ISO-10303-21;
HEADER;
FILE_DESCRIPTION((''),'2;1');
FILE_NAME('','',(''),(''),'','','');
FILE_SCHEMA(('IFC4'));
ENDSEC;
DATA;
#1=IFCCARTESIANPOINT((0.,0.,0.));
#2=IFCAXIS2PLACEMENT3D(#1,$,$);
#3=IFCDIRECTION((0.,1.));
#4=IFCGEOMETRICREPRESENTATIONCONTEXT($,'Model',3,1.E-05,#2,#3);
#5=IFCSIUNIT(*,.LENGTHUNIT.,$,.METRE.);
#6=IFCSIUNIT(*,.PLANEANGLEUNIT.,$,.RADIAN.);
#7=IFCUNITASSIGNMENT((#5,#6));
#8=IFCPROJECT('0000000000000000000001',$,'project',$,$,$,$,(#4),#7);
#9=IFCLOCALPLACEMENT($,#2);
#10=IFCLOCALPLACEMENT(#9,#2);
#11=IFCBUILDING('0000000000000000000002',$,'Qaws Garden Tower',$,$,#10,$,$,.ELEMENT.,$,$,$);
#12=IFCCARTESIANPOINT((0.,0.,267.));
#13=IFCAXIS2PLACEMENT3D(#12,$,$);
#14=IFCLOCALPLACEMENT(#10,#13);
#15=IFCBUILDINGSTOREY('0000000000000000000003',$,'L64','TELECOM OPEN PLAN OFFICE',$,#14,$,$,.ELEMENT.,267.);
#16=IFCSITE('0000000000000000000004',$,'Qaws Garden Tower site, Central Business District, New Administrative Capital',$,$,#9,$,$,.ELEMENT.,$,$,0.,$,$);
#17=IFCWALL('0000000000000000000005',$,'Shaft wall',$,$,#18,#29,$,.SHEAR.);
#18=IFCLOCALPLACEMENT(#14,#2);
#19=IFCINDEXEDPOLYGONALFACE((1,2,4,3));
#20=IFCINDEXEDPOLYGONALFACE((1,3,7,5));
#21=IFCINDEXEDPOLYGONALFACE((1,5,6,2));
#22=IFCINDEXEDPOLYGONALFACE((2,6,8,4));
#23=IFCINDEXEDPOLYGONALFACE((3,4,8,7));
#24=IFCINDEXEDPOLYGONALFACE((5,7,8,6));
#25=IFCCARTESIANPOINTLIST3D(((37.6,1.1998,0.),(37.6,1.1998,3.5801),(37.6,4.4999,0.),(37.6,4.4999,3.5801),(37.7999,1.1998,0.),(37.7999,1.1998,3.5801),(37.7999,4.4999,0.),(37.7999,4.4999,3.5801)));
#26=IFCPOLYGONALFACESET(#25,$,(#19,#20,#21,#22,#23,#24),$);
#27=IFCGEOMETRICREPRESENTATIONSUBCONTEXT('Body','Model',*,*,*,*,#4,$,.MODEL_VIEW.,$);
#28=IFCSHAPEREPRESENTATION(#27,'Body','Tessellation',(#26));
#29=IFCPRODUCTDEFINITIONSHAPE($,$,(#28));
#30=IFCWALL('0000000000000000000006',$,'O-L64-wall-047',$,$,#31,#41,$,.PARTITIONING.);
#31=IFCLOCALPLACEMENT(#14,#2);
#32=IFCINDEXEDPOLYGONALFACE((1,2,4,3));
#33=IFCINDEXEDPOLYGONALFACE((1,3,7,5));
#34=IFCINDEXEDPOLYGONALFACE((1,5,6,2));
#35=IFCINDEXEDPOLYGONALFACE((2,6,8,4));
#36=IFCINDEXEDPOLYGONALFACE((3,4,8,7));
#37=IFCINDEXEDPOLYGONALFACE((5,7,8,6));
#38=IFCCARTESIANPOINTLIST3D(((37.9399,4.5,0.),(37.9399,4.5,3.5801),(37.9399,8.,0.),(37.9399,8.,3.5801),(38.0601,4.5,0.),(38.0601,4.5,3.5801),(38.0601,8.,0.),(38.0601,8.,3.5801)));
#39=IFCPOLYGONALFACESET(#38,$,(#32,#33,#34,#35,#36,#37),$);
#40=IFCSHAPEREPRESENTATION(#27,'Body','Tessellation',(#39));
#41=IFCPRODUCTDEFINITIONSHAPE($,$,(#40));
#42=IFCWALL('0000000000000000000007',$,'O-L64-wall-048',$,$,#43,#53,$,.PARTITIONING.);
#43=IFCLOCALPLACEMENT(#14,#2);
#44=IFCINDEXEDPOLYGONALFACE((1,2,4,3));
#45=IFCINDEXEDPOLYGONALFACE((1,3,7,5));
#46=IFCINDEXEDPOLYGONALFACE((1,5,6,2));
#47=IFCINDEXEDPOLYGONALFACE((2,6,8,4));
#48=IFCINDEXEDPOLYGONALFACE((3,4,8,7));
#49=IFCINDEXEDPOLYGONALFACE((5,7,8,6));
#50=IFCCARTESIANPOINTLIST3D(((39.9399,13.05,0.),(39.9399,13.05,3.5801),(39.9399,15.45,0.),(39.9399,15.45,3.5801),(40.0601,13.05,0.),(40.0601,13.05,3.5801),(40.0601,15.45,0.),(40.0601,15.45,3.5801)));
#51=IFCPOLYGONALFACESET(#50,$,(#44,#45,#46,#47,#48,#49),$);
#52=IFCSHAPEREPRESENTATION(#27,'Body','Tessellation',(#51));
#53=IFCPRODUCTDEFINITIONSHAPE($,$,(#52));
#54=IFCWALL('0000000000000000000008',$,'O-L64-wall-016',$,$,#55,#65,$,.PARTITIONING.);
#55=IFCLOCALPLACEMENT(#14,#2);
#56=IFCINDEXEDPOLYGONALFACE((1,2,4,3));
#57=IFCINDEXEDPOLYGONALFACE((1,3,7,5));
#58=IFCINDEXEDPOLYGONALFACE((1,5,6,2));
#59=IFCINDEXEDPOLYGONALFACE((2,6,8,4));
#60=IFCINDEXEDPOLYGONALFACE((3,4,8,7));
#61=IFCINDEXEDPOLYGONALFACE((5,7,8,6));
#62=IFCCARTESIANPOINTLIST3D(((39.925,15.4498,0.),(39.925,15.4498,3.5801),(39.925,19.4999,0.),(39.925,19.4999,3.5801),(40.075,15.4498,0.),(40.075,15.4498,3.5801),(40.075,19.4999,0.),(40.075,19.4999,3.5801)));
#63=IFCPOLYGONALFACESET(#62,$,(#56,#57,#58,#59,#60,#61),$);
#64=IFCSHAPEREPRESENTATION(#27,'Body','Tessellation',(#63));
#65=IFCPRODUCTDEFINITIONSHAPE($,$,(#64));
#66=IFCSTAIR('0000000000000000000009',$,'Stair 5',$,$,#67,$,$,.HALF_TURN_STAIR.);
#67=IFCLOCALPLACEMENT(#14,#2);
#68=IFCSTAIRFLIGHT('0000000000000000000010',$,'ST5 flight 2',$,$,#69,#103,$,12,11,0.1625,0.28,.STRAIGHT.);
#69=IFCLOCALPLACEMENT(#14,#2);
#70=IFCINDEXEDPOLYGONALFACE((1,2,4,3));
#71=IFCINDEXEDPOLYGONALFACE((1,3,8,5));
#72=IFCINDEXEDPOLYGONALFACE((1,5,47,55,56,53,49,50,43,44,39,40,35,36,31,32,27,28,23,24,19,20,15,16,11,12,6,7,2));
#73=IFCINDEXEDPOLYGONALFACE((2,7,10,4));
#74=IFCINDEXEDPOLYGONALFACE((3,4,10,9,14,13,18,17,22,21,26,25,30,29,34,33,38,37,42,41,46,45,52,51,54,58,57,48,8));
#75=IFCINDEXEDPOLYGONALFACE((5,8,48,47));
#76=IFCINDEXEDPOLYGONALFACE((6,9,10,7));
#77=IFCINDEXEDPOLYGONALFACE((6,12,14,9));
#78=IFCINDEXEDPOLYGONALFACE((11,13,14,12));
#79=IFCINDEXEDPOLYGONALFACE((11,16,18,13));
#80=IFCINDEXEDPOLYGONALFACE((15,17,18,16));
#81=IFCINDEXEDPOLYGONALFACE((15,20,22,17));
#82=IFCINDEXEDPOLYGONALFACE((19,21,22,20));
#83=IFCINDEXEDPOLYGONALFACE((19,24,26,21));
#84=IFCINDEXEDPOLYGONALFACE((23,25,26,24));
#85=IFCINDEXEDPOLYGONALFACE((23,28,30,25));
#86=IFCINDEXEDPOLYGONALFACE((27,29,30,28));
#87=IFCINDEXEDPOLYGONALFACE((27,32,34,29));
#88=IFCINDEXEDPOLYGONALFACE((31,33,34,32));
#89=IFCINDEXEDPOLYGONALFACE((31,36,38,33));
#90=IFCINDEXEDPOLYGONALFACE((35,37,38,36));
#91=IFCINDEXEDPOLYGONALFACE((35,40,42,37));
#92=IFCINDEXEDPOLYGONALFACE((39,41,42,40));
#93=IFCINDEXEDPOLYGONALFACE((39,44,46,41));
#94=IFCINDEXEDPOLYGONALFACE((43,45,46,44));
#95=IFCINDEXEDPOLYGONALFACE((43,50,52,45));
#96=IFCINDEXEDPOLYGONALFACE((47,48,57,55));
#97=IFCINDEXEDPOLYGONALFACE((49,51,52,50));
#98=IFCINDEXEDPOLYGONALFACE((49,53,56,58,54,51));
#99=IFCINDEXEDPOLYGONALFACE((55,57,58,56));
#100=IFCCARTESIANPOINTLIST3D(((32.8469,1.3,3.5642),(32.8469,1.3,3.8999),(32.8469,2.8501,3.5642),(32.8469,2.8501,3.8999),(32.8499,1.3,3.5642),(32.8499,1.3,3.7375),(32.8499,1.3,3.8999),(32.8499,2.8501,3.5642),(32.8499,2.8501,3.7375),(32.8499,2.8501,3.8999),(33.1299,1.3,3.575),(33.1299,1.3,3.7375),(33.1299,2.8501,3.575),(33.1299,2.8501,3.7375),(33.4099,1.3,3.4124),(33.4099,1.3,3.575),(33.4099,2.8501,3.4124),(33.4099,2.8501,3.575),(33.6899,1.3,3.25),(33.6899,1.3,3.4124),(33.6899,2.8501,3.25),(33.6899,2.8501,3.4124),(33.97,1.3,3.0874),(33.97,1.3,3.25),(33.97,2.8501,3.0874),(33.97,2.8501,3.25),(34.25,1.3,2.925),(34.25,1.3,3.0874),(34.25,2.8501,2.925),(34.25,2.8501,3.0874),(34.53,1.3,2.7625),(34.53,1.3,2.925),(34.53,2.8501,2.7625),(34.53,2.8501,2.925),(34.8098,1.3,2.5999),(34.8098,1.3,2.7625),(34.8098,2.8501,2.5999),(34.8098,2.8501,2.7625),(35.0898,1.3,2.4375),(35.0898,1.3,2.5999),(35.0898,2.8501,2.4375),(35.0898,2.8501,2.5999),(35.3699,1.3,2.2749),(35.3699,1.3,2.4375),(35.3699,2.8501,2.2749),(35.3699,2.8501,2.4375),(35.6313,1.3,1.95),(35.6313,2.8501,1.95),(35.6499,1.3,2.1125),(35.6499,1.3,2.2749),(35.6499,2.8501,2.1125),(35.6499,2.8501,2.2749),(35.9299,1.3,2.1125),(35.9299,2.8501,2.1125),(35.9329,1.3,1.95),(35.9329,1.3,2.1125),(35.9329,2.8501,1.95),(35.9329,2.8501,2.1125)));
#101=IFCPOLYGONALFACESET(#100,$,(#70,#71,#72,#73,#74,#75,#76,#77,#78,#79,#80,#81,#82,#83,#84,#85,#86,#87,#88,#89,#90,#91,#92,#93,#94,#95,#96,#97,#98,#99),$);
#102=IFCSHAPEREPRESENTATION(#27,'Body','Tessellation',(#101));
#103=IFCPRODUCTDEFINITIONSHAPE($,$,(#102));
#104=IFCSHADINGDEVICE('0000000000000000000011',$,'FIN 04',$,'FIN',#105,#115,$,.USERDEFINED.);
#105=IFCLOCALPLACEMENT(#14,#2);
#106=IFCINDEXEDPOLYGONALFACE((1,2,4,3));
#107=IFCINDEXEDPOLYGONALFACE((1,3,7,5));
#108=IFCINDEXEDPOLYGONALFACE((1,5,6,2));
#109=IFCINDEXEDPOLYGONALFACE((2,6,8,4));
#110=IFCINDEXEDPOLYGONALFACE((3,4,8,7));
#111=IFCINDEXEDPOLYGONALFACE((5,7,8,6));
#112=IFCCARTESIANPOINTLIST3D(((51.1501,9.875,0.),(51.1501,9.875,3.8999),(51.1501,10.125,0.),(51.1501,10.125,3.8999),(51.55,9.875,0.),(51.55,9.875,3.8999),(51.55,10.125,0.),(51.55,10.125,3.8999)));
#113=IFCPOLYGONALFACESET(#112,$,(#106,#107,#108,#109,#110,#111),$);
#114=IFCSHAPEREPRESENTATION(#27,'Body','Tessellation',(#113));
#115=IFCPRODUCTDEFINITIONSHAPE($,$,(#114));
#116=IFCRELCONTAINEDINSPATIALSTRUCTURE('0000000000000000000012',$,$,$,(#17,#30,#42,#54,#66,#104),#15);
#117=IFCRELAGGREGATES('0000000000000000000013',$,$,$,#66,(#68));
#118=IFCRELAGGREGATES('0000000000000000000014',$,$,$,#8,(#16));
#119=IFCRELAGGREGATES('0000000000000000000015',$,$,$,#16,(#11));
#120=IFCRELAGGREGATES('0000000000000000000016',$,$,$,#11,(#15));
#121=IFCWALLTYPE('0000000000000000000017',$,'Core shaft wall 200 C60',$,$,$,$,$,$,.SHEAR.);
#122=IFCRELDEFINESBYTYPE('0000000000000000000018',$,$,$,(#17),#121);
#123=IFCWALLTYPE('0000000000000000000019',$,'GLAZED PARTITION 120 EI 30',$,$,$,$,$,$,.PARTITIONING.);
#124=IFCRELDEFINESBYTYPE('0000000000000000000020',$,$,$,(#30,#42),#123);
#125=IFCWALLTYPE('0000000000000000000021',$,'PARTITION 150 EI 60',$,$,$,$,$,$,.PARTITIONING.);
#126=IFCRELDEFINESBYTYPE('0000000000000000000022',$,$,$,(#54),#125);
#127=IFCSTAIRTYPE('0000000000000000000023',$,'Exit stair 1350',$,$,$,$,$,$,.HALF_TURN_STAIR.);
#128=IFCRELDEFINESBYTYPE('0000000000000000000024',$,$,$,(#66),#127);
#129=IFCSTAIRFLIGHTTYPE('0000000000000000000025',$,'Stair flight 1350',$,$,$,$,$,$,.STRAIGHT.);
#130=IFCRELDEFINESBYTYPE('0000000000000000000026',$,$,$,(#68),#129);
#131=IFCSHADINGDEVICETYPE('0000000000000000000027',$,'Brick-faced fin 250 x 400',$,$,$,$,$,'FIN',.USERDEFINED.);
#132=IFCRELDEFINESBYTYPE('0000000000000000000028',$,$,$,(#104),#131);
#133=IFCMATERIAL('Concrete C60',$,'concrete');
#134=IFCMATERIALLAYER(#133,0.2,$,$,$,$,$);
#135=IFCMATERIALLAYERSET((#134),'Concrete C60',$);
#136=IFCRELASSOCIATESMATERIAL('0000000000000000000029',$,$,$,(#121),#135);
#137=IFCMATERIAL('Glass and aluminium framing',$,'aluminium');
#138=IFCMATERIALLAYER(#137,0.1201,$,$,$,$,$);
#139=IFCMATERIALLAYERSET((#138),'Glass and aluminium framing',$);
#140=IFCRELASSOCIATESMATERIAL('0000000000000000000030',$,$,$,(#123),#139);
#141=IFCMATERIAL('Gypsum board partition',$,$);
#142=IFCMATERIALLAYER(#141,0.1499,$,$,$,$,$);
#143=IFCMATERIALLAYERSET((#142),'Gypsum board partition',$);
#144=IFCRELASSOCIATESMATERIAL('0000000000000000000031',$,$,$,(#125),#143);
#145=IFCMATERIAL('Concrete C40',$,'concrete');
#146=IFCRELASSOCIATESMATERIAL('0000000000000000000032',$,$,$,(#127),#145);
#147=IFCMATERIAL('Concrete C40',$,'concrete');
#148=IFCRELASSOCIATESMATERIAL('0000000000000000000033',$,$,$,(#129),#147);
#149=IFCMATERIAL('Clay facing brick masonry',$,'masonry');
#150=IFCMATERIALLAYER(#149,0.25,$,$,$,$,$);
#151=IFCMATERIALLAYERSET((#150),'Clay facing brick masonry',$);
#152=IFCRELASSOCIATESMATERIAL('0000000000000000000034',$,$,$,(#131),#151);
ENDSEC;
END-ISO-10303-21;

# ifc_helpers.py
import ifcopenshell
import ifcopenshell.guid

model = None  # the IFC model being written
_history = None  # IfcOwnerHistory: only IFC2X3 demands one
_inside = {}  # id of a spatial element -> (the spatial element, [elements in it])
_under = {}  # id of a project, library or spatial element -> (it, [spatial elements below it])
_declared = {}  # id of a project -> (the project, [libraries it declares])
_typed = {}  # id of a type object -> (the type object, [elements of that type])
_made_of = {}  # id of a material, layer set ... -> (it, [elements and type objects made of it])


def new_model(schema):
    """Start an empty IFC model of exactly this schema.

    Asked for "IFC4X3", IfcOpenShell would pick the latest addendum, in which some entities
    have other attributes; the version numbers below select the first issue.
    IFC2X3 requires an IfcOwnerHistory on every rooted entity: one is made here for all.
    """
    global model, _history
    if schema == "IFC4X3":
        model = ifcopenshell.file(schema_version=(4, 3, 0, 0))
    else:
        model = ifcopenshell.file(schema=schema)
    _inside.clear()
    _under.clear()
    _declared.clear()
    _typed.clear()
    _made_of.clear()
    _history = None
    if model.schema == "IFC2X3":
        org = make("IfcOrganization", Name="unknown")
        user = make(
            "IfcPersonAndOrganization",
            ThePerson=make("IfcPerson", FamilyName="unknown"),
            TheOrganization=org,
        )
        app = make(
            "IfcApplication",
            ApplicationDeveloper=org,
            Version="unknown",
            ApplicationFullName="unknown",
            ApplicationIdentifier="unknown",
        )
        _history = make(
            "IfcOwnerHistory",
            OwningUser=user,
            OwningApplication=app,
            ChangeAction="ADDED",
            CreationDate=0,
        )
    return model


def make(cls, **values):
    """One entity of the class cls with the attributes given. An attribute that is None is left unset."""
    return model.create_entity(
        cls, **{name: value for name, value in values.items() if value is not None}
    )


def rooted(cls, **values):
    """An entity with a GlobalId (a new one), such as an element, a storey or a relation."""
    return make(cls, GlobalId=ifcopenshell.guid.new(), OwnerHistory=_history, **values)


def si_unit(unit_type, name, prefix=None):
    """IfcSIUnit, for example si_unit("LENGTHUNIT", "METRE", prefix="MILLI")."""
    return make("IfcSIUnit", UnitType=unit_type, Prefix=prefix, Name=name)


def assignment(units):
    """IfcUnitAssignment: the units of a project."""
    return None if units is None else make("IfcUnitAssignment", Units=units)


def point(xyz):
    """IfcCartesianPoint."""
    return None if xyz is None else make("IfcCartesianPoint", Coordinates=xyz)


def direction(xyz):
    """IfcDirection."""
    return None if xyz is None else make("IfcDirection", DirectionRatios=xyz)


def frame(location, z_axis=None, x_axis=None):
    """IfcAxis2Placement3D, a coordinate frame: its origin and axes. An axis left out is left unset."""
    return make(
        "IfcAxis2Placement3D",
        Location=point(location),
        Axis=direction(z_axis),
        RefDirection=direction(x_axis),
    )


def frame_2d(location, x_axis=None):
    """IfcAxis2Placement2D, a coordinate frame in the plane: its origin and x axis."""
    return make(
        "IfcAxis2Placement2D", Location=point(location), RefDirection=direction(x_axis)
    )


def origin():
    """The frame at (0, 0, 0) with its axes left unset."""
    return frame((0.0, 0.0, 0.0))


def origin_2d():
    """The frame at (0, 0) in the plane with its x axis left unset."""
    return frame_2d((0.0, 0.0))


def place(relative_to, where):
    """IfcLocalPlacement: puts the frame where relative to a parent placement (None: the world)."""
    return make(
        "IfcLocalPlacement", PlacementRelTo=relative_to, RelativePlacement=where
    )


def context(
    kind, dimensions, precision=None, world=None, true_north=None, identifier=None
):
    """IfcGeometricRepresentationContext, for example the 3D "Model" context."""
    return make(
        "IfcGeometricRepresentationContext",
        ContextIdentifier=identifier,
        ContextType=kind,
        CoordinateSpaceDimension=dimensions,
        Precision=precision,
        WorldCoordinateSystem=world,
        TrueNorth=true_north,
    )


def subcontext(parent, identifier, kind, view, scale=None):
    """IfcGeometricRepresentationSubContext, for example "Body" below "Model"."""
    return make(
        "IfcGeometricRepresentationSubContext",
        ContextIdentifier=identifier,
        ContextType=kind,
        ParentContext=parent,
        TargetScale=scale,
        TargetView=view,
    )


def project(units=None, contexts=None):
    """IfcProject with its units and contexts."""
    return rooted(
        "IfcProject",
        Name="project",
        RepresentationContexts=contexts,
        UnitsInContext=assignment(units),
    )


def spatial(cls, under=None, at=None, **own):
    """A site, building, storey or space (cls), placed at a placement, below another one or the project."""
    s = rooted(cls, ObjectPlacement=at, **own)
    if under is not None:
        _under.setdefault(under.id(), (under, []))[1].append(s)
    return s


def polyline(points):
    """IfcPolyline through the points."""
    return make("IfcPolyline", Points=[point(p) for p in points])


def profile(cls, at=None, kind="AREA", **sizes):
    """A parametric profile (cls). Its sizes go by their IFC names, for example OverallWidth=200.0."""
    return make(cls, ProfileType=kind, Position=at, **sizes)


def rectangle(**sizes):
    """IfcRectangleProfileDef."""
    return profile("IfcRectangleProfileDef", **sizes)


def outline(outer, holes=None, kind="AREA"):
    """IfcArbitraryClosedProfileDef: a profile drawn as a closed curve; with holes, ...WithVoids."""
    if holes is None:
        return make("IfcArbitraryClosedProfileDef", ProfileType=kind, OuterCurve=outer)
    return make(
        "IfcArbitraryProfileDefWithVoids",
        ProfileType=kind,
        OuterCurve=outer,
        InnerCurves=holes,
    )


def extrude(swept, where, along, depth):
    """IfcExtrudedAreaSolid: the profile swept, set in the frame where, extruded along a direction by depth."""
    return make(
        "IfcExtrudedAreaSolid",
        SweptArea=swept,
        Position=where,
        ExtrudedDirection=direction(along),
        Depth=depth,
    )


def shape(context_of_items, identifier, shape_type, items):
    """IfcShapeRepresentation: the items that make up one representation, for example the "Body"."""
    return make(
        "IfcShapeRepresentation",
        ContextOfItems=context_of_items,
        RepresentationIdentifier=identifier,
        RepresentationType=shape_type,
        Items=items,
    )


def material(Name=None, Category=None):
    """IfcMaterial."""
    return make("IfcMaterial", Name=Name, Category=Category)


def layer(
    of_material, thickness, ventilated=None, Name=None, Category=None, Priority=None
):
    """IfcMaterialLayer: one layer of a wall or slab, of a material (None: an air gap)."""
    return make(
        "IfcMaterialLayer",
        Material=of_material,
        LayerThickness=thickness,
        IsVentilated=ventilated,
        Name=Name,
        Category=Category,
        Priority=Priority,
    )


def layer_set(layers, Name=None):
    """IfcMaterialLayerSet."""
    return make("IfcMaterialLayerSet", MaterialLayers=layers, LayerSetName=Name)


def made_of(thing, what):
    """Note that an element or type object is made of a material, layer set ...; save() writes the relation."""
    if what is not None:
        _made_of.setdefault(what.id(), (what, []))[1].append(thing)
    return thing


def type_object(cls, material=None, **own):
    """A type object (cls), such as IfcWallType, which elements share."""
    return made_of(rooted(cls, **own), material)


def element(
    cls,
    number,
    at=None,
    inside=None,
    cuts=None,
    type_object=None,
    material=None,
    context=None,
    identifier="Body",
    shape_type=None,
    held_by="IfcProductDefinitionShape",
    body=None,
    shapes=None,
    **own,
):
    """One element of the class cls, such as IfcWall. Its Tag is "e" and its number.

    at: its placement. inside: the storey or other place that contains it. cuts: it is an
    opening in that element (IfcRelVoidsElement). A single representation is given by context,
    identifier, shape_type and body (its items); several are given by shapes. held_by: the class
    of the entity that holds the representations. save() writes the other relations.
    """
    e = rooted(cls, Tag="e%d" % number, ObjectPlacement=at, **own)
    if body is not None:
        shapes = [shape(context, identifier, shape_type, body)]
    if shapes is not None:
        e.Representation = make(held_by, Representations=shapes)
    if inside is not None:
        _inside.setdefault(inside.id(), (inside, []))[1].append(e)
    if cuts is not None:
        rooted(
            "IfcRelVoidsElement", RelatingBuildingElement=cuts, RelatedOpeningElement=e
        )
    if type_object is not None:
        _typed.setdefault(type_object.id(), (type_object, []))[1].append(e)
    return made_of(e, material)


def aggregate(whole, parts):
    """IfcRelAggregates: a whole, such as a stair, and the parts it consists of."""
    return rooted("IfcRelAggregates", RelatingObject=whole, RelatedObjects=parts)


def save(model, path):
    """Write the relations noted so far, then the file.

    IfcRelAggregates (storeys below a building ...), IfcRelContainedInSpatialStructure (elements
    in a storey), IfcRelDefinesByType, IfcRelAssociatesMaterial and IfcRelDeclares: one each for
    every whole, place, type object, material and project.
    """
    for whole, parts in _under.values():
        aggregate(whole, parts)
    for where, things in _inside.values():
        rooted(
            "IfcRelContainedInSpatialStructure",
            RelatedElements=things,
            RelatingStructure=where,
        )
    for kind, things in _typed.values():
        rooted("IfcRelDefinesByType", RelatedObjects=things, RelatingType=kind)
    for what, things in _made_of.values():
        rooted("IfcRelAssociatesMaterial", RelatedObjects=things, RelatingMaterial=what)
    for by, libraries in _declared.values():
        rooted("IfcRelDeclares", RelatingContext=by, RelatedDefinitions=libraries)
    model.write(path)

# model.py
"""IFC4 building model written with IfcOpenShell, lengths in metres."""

from ifc_helpers import new_model, si_unit, direction, frame, frame_2d, origin, origin_2d, place, context, subcontext, project, spatial, polyline, rectangle, outline, extrude, material, layer, layer_set, type_object, element, aggregate, save


model = new_model("IFC4")

# Units and contexts
model_context = context("Model", 3, precision=1e-05, world=origin(), true_north=direction((0.0, 1.0)))
body_context = subcontext(model_context, "Body", "Model", "MODEL_VIEW")
ifc_project = project(units=[si_unit("LENGTHUNIT", "METRE"), si_unit("PLANEANGLEUNIT", "RADIAN")], contexts=[model_context])

# Site, building, storey
site_placement = place(None, origin())
site = spatial("IfcSite", under=ifc_project, at=site_placement, Name="Qaws Garden Tower site, Central Business District, New Administrative Capital", CompositionType="ELEMENT", RefElevation=0.0)
building_placement = place(site_placement, origin())
building = spatial("IfcBuilding", under=site, at=building_placement, Name="Qaws Garden Tower", CompositionType="ELEMENT")
storey_placement = place(building_placement, frame((0.0, 0.0, 267.0)))
storey = spatial("IfcBuildingStorey", under=building, at=storey_placement, Name="L64", Description="TELECOM OPEN PLAN OFFICE", CompositionType="ELEMENT", Elevation=267.0)

# Walls
ifc_material_1 = material(Name="Concrete C60", Category="concrete")
ifc_layer_1 = layer(ifc_material_1, 0.2)
ifc_layer_set_1 = layer_set([ifc_layer_1], Name="Concrete C60")
wall_type_1 = type_object("IfcWallType", Name="Core shaft wall 200 C60", PredefinedType="SHEAR", material=ifc_layer_set_1)
wall_1_placement = place(storey_placement, frame((37.7, 1.2, 0.0), z_axis=(0.0, 0.0, 1.0), x_axis=(0.0, 1.0, 0.0)))
element("IfcWall", 1, at=wall_1_placement, inside=storey, type_object=wall_type_1, Name="Shaft wall", PredefinedType="SHEAR", context=body_context, shape_type="SweptSolid", body=[
    extrude(rectangle(XDim=3.3, YDim=0.2, at=frame_2d((1.6499, 0.0))), origin(), (0.0, 0.0, 1.0), 3.5801),
])
ifc_material_2 = material(Name="Glass and aluminium framing", Category="aluminium")
ifc_layer_2 = layer(ifc_material_2, 0.1201)
ifc_layer_set_2 = layer_set([ifc_layer_2], Name="Glass and aluminium framing")
wall_type_2 = type_object("IfcWallType", Name="GLAZED PARTITION 120 EI 30", PredefinedType="PARTITIONING", material=ifc_layer_set_2)
wall_2_placement = place(storey_placement, frame((38.0, 4.5, 0.0), z_axis=(0.0, 0.0, 1.0), x_axis=(0.0, 1.0, 0.0)))
element("IfcWall", 2, at=wall_2_placement, inside=storey, type_object=wall_type_2, Name="O-L64-wall-047", PredefinedType="PARTITIONING", context=body_context, shape_type="SweptSolid", body=[
    extrude(rectangle(XDim=3.5, YDim=0.1201, at=frame_2d((1.75, 0.0))), origin(), (0.0, 0.0, 1.0), 3.5801),
])
wall_3_placement = place(storey_placement, frame((40.0, 13.05, 0.0), z_axis=(0.0, 0.0, 1.0), x_axis=(0.0, 1.0, 0.0)))
element("IfcWall", 3, at=wall_3_placement, inside=storey, type_object=wall_type_2, Name="O-L64-wall-048", PredefinedType="PARTITIONING", context=body_context, shape_type="SweptSolid", body=[
    extrude(rectangle(XDim=2.3999, YDim=0.1201, at=frame_2d((1.2, 0.0))), origin(), (0.0, 0.0, 1.0), 3.5801),
])
ifc_material_3 = material(Name="Gypsum board partition")
ifc_layer_3 = layer(ifc_material_3, 0.1499)
ifc_layer_set_3 = layer_set([ifc_layer_3], Name="Gypsum board partition")
wall_type_3 = type_object("IfcWallType", Name="PARTITION 150 EI 60", PredefinedType="PARTITIONING", material=ifc_layer_set_3)
wall_4_placement = place(storey_placement, frame((40.0, 15.45, 0.0), z_axis=(0.0, 0.0, 1.0), x_axis=(0.0, 1.0, 0.0)))
element("IfcWall", 4, at=wall_4_placement, inside=storey, type_object=wall_type_3, Name="O-L64-wall-016", PredefinedType="PARTITIONING", context=body_context, shape_type="SweptSolid", body=[
    extrude(rectangle(XDim=4.05, YDim=0.1499, at=frame_2d((2.0249, 0.0))), origin(), (0.0, 0.0, 1.0), 3.5801),
])

# Stair, stair flight
ifc_material_4 = material(Name="Concrete C40", Category="concrete")
stair_type = type_object("IfcStairType", Name="Exit stair 1350", PredefinedType="HALF_TURN_STAIR", material=ifc_material_4)
stair_placement = place(storey_placement, origin())
stair = element("IfcStair", 5, at=stair_placement, inside=storey, type_object=stair_type, Name="Stair 5", PredefinedType="HALF_TURN_STAIR")
ifc_material_5 = material(Name="Concrete C40", Category="concrete")
stair_flight_type = type_object("IfcStairFlightType", Name="Stair flight 1350", PredefinedType="STRAIGHT", material=ifc_material_5)
stair_flight_placement = place(storey_placement, frame((35.9299, 2.075, 1.95), z_axis=(0.0, 0.0, 1.0), x_axis=(-1.0, 0.0, 0.0)))
stair_flight = element("IfcStairFlight", 6, at=stair_flight_placement, type_object=stair_flight_type, Name="ST5 flight 2", NumberOfRisers=12, NumberOfTreads=11, PredefinedType="STRAIGHT", RiserHeight=0.1625, TreadLength=0.28, context=body_context, shape_type="SweptSolid", body=[
    extrude(outline(polyline([(-0.0029, 0.0), (-0.0029, 0.1626), (0.0, 0.1626), (0.28, 0.1626), (0.28, 0.325), (0.5601, 0.325), (0.5601, 0.4875), (0.8401, 0.4875), (0.8401, 0.6499), (1.1201, 0.6499), (1.1201, 0.8125), (1.3999, 0.8125), (1.3999, 0.9751), (1.6799, 0.9751), (1.6799, 1.1375), (1.96, 1.1375), (1.96, 1.3), (2.24, 1.3), (2.24, 1.4624), (2.52, 1.4624), (2.52, 1.625), (2.8, 1.625), (2.8, 1.7876), (3.0801, 1.7876), (3.0801, 1.95), (3.083, 1.95), (3.083, 1.6143), (3.0801, 1.6143), (0.2986, 0.0), (-0.0029, 0.0)])), frame((0.0, 0.7749, 0.0), z_axis=(0.0, -1.0, 0.0), x_axis=(1.0, 0.0, 0.0)), (0.0, 0.0, 1.0), 1.55),
])
aggregate(stair, [stair_flight])

# Shading device
ifc_material_6 = material(Name="Clay facing brick masonry", Category="masonry")
ifc_layer_4 = layer(ifc_material_6, 0.25)
ifc_layer_set_4 = layer_set([ifc_layer_4], Name="Clay facing brick masonry")
shading_device_type = type_object("IfcShadingDeviceType", Name="Brick-faced fin 250 x 400", ElementType="FIN", PredefinedType="USERDEFINED", material=ifc_layer_set_4)
shading_device_placement = place(storey_placement, frame((51.3501, 10.0, 0.0), z_axis=(0.0, 0.0, 1.0), x_axis=(0.0, 1.0, 0.0)))
element("IfcShadingDevice", 7, at=shading_device_placement, inside=storey, type_object=shading_device_type, Name="FIN 04", ObjectType="FIN", PredefinedType="USERDEFINED", context=body_context, shape_type="SweptSolid", body=[
    extrude(rectangle(XDim=0.25, YDim=0.3999, at=origin_2d()), origin(), (0.0, 0.0, 1.0), 3.8999),
])

save(model, "model.ifc")
